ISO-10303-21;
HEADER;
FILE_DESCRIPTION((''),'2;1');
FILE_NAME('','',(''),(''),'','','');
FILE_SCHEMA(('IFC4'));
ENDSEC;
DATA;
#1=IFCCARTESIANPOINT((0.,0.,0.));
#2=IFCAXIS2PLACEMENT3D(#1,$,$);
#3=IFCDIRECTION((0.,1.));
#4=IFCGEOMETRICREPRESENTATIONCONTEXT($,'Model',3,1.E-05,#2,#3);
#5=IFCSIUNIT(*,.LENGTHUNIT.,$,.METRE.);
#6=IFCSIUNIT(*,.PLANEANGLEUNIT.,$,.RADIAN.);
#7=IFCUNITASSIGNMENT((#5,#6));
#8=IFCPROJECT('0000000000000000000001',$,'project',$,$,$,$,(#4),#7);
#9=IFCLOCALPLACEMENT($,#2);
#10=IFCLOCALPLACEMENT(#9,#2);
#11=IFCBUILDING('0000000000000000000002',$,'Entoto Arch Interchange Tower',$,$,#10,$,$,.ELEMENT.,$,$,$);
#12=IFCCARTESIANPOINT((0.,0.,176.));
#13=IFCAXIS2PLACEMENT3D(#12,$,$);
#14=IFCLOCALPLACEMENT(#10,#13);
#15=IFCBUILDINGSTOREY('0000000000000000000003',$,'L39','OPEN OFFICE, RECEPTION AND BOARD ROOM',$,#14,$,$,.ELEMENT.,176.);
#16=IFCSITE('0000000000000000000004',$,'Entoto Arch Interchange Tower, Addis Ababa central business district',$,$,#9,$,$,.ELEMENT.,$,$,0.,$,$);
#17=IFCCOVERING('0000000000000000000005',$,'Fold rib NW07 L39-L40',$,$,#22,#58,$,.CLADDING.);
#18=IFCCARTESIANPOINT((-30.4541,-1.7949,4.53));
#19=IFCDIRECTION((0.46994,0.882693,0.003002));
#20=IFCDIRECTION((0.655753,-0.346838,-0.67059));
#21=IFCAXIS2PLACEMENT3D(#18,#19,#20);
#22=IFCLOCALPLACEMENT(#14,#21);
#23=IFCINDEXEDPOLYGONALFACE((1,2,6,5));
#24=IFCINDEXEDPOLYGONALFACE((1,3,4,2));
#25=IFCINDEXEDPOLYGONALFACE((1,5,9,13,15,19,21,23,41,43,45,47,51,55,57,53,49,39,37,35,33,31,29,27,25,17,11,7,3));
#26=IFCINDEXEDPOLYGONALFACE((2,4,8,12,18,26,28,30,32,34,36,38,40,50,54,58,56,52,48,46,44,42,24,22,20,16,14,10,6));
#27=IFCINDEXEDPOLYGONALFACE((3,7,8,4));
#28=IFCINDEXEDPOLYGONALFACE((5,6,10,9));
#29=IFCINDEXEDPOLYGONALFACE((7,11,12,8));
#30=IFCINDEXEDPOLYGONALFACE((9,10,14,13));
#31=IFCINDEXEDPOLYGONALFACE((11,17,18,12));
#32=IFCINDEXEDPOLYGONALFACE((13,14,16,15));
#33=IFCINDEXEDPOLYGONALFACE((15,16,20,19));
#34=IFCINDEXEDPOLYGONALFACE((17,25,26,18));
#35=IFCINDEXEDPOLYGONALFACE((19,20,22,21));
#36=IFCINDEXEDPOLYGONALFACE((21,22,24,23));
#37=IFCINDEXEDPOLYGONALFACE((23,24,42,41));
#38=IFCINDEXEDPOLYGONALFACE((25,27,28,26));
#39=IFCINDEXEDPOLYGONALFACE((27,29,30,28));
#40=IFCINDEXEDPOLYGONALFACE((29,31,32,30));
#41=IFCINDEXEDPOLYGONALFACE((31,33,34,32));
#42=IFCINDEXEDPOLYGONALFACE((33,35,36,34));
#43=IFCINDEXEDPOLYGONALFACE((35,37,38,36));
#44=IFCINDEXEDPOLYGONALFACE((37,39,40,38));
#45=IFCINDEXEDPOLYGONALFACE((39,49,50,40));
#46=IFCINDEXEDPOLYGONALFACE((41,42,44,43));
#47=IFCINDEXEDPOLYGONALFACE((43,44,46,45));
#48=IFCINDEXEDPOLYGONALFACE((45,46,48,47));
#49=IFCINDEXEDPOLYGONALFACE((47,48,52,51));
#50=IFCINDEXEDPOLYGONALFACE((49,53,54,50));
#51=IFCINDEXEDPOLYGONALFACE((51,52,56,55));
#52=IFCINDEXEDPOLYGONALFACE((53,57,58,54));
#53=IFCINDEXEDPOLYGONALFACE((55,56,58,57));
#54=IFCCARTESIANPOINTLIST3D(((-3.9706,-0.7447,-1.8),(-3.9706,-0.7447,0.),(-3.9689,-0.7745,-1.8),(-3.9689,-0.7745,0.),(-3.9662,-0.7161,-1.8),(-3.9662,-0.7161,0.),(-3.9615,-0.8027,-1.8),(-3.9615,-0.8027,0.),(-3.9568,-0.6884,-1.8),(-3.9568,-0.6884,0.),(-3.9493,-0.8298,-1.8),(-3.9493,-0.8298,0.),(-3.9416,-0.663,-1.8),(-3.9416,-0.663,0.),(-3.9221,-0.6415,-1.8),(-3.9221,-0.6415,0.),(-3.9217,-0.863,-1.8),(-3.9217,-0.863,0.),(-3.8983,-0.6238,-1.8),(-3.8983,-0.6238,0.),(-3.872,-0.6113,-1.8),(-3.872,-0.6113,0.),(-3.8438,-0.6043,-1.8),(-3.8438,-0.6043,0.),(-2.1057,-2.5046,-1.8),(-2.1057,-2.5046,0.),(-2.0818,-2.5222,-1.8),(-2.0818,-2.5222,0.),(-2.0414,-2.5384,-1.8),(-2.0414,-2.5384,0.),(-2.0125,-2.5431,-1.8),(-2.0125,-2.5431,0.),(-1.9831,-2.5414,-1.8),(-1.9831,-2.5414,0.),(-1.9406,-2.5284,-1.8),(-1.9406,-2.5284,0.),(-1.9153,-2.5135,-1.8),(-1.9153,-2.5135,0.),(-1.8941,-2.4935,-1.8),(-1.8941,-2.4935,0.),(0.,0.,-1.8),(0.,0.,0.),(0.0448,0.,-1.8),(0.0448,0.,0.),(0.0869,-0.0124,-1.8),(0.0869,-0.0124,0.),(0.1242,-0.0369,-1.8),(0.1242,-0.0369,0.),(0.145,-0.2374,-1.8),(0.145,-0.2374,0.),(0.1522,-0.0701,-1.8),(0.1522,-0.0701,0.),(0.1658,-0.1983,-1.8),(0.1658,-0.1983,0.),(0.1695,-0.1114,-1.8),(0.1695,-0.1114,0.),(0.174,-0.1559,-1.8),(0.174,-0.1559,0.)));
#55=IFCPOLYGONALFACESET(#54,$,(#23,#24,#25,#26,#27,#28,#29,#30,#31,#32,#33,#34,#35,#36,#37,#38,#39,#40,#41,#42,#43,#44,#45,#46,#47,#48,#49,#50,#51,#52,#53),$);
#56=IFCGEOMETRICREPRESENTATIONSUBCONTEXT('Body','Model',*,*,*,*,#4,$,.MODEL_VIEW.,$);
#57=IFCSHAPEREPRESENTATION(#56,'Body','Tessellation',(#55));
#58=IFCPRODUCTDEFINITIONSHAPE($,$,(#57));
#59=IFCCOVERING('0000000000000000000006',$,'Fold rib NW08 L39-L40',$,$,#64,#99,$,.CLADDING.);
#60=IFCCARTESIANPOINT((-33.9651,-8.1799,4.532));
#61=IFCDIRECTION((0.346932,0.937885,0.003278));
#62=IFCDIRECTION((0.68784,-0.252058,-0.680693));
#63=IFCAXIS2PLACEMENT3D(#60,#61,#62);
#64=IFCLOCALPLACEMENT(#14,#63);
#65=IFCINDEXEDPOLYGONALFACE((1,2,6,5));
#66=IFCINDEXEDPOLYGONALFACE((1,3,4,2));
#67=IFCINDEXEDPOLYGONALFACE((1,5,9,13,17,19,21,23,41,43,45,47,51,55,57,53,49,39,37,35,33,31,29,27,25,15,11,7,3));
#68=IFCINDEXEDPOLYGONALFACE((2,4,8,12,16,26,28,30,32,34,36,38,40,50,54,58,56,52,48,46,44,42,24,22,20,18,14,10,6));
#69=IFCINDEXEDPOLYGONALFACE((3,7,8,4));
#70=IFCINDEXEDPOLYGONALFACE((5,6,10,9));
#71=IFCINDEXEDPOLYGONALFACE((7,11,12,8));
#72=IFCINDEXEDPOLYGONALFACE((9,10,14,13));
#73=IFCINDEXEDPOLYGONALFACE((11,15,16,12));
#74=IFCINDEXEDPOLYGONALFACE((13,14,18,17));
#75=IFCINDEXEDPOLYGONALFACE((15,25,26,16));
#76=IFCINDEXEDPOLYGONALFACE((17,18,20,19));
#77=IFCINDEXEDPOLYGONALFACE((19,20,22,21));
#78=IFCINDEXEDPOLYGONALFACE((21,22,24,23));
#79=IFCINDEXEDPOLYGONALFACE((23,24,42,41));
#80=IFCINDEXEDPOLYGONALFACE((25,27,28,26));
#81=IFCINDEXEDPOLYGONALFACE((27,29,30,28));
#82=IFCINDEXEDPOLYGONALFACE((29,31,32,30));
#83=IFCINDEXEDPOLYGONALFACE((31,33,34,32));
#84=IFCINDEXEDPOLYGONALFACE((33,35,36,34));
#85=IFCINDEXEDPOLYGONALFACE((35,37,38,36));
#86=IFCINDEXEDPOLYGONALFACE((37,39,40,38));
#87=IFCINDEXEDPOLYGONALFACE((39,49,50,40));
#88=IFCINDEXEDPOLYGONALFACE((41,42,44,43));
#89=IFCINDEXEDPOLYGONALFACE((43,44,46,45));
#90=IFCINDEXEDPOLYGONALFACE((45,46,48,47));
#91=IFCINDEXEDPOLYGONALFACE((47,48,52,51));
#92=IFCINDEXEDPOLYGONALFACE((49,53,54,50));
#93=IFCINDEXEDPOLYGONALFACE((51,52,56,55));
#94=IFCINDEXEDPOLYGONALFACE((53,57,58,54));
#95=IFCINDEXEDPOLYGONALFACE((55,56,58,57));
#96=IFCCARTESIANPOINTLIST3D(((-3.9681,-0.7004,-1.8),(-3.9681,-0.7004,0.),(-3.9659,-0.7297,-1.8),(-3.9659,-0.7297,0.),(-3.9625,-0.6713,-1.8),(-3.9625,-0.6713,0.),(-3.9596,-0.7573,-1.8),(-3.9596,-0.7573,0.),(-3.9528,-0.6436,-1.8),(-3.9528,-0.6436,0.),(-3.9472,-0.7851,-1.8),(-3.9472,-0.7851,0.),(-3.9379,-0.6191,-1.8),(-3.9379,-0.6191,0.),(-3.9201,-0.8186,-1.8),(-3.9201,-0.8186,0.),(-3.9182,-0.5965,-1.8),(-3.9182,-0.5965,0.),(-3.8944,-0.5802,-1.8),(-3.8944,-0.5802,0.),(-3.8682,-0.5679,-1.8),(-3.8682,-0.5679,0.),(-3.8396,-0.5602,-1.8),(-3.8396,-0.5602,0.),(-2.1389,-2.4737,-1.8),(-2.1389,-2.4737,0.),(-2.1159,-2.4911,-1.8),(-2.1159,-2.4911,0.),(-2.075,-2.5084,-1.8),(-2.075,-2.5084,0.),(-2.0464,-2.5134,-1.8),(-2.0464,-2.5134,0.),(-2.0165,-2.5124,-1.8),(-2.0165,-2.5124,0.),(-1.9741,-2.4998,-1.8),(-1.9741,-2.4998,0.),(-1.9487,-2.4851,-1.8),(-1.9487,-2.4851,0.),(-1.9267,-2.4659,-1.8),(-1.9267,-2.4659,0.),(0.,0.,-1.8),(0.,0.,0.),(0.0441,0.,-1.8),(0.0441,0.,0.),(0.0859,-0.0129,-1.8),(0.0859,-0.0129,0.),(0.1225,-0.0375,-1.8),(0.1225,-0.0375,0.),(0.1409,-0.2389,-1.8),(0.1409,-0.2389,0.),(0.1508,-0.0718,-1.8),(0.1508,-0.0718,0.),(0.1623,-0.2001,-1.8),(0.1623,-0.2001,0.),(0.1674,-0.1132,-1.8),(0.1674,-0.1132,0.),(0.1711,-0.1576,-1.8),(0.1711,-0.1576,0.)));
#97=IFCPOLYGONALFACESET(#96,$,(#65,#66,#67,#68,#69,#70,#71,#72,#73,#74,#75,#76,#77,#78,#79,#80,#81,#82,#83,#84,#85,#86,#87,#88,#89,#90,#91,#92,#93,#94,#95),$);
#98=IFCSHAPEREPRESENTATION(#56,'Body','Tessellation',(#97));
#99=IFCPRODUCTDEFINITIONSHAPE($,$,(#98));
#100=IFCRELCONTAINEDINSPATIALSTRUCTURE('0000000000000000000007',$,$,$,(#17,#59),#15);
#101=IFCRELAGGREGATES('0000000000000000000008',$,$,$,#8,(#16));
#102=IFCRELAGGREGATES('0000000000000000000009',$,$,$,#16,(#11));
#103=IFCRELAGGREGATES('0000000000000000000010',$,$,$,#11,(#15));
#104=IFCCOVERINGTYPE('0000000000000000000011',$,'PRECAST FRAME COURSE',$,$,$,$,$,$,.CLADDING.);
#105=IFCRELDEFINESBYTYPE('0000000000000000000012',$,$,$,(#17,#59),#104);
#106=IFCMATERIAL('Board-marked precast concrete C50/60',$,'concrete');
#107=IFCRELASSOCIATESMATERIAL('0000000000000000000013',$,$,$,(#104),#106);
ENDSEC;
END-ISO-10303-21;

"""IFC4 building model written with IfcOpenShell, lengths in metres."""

from ifc_helpers import new_model, si_unit, direction, frame, origin, place, context, subcontext, project, spatial, polyline, outline, extrude, material, type_object, element, save


model = new_model("IFC4")

# Units and contexts
model_context = context("Model", 3, precision=1e-05, world=origin(), true_north=direction((0.0, 1.0)))
body_context = subcontext(model_context, "Body", "Model", "MODEL_VIEW")
ifc_project = project(units=[si_unit("LENGTHUNIT", "METRE"), si_unit("PLANEANGLEUNIT", "RADIAN")], contexts=[model_context])

# Site, building, storey
site_placement = place(None, origin())
site = spatial("IfcSite", under=ifc_project, at=site_placement, Name="Entoto Arch Interchange Tower, Addis Ababa central business district", CompositionType="ELEMENT", RefElevation=0.0)
building_placement = place(site_placement, origin())
building = spatial("IfcBuilding", under=site, at=building_placement, Name="Entoto Arch Interchange Tower", CompositionType="ELEMENT")
storey_placement = place(building_placement, frame((0.0, 0.0, 176.0)))
storey = spatial("IfcBuildingStorey", under=building, at=storey_placement, Name="L39", Description="OPEN OFFICE, RECEPTION AND BOARD ROOM", CompositionType="ELEMENT", Elevation=176.0)

# Coverings
ifc_material_1 = material(Name="Board-marked precast concrete C50/60", Category="concrete")
covering_type = type_object("IfcCoveringType", Name="PRECAST FRAME COURSE", PredefinedType="CLADDING", material=ifc_material_1)
covering_1_placement = place(storey_placement, frame((-30.4541, -1.7949, 4.53), z_axis=(0.46994, 0.882693, 0.003002), x_axis=(0.655753, -0.346838, -0.67059)))
element("IfcCovering", 1, at=covering_1_placement, inside=storey, type_object=covering_type, Name="Fold rib NW07 L39-L40", PredefinedType="CLADDING", context=body_context, shape_type="SweptSolid", body=[
    extrude(outline(polyline([(0.0, 0.0), (0.0448, 0.0), (0.0869, -0.0124), (0.1242, -0.0369), (0.1522, -0.0701), (0.1695, -0.1114), (0.174, -0.1559), (0.1658, -0.1983), (0.145, -0.2374), (-1.8941, -2.4935), (-1.9153, -2.5135), (-1.9406, -2.5284), (-1.9831, -2.5414), (-2.0125, -2.5431), (-2.0414, -2.5384), (-2.0818, -2.5222), (-2.1057, -2.5046), (-3.9217, -0.863), (-3.9493, -0.8298), (-3.9615, -0.8027), (-3.9689, -0.7745), (-3.9706, -0.7447), (-3.9662, -0.7161), (-3.9568, -0.6884), (-3.9416, -0.663), (-3.9221, -0.6415), (-3.8983, -0.6238), (-3.872, -0.6113), (-3.8438, -0.6043), (0.0, 0.0)])), origin(), (0.0, 0.0, -1.0), 1.8),
])
covering_2_placement = place(storey_placement, frame((-33.9651, -8.1799, 4.532), z_axis=(0.346932, 0.937885, 0.003278), x_axis=(0.68784, -0.252058, -0.680693)))
element("IfcCovering", 2, at=covering_2_placement, inside=storey, type_object=covering_type, Name="Fold rib NW08 L39-L40", PredefinedType="CLADDING", context=body_context, shape_type="SweptSolid", body=[
    extrude(outline(polyline([(0.0, 0.0), (0.0441, 0.0), (0.0859, -0.0129), (0.1225, -0.0375), (0.1508, -0.0718), (0.1674, -0.1132), (0.1711, -0.1576), (0.1623, -0.2001), (0.1409, -0.2389), (-1.9267, -2.4659), (-1.9487, -2.4851), (-1.9741, -2.4998), (-2.0165, -2.5124), (-2.0464, -2.5134), (-2.075, -2.5084), (-2.1159, -2.4911), (-2.1389, -2.4737), (-3.9201, -0.8186), (-3.9472, -0.7851), (-3.9596, -0.7573), (-3.9659, -0.7297), (-3.9681, -0.7004), (-3.9625, -0.6713), (-3.9528, -0.6436), (-3.9379, -0.6191), (-3.9182, -0.5965), (-3.8944, -0.5802), (-3.8682, -0.5679), (-3.8396, -0.5602), (0.0, 0.0)])), origin(), (0.0, 0.0, -1.0), 1.8),
])

save(model, "model.ifc")
